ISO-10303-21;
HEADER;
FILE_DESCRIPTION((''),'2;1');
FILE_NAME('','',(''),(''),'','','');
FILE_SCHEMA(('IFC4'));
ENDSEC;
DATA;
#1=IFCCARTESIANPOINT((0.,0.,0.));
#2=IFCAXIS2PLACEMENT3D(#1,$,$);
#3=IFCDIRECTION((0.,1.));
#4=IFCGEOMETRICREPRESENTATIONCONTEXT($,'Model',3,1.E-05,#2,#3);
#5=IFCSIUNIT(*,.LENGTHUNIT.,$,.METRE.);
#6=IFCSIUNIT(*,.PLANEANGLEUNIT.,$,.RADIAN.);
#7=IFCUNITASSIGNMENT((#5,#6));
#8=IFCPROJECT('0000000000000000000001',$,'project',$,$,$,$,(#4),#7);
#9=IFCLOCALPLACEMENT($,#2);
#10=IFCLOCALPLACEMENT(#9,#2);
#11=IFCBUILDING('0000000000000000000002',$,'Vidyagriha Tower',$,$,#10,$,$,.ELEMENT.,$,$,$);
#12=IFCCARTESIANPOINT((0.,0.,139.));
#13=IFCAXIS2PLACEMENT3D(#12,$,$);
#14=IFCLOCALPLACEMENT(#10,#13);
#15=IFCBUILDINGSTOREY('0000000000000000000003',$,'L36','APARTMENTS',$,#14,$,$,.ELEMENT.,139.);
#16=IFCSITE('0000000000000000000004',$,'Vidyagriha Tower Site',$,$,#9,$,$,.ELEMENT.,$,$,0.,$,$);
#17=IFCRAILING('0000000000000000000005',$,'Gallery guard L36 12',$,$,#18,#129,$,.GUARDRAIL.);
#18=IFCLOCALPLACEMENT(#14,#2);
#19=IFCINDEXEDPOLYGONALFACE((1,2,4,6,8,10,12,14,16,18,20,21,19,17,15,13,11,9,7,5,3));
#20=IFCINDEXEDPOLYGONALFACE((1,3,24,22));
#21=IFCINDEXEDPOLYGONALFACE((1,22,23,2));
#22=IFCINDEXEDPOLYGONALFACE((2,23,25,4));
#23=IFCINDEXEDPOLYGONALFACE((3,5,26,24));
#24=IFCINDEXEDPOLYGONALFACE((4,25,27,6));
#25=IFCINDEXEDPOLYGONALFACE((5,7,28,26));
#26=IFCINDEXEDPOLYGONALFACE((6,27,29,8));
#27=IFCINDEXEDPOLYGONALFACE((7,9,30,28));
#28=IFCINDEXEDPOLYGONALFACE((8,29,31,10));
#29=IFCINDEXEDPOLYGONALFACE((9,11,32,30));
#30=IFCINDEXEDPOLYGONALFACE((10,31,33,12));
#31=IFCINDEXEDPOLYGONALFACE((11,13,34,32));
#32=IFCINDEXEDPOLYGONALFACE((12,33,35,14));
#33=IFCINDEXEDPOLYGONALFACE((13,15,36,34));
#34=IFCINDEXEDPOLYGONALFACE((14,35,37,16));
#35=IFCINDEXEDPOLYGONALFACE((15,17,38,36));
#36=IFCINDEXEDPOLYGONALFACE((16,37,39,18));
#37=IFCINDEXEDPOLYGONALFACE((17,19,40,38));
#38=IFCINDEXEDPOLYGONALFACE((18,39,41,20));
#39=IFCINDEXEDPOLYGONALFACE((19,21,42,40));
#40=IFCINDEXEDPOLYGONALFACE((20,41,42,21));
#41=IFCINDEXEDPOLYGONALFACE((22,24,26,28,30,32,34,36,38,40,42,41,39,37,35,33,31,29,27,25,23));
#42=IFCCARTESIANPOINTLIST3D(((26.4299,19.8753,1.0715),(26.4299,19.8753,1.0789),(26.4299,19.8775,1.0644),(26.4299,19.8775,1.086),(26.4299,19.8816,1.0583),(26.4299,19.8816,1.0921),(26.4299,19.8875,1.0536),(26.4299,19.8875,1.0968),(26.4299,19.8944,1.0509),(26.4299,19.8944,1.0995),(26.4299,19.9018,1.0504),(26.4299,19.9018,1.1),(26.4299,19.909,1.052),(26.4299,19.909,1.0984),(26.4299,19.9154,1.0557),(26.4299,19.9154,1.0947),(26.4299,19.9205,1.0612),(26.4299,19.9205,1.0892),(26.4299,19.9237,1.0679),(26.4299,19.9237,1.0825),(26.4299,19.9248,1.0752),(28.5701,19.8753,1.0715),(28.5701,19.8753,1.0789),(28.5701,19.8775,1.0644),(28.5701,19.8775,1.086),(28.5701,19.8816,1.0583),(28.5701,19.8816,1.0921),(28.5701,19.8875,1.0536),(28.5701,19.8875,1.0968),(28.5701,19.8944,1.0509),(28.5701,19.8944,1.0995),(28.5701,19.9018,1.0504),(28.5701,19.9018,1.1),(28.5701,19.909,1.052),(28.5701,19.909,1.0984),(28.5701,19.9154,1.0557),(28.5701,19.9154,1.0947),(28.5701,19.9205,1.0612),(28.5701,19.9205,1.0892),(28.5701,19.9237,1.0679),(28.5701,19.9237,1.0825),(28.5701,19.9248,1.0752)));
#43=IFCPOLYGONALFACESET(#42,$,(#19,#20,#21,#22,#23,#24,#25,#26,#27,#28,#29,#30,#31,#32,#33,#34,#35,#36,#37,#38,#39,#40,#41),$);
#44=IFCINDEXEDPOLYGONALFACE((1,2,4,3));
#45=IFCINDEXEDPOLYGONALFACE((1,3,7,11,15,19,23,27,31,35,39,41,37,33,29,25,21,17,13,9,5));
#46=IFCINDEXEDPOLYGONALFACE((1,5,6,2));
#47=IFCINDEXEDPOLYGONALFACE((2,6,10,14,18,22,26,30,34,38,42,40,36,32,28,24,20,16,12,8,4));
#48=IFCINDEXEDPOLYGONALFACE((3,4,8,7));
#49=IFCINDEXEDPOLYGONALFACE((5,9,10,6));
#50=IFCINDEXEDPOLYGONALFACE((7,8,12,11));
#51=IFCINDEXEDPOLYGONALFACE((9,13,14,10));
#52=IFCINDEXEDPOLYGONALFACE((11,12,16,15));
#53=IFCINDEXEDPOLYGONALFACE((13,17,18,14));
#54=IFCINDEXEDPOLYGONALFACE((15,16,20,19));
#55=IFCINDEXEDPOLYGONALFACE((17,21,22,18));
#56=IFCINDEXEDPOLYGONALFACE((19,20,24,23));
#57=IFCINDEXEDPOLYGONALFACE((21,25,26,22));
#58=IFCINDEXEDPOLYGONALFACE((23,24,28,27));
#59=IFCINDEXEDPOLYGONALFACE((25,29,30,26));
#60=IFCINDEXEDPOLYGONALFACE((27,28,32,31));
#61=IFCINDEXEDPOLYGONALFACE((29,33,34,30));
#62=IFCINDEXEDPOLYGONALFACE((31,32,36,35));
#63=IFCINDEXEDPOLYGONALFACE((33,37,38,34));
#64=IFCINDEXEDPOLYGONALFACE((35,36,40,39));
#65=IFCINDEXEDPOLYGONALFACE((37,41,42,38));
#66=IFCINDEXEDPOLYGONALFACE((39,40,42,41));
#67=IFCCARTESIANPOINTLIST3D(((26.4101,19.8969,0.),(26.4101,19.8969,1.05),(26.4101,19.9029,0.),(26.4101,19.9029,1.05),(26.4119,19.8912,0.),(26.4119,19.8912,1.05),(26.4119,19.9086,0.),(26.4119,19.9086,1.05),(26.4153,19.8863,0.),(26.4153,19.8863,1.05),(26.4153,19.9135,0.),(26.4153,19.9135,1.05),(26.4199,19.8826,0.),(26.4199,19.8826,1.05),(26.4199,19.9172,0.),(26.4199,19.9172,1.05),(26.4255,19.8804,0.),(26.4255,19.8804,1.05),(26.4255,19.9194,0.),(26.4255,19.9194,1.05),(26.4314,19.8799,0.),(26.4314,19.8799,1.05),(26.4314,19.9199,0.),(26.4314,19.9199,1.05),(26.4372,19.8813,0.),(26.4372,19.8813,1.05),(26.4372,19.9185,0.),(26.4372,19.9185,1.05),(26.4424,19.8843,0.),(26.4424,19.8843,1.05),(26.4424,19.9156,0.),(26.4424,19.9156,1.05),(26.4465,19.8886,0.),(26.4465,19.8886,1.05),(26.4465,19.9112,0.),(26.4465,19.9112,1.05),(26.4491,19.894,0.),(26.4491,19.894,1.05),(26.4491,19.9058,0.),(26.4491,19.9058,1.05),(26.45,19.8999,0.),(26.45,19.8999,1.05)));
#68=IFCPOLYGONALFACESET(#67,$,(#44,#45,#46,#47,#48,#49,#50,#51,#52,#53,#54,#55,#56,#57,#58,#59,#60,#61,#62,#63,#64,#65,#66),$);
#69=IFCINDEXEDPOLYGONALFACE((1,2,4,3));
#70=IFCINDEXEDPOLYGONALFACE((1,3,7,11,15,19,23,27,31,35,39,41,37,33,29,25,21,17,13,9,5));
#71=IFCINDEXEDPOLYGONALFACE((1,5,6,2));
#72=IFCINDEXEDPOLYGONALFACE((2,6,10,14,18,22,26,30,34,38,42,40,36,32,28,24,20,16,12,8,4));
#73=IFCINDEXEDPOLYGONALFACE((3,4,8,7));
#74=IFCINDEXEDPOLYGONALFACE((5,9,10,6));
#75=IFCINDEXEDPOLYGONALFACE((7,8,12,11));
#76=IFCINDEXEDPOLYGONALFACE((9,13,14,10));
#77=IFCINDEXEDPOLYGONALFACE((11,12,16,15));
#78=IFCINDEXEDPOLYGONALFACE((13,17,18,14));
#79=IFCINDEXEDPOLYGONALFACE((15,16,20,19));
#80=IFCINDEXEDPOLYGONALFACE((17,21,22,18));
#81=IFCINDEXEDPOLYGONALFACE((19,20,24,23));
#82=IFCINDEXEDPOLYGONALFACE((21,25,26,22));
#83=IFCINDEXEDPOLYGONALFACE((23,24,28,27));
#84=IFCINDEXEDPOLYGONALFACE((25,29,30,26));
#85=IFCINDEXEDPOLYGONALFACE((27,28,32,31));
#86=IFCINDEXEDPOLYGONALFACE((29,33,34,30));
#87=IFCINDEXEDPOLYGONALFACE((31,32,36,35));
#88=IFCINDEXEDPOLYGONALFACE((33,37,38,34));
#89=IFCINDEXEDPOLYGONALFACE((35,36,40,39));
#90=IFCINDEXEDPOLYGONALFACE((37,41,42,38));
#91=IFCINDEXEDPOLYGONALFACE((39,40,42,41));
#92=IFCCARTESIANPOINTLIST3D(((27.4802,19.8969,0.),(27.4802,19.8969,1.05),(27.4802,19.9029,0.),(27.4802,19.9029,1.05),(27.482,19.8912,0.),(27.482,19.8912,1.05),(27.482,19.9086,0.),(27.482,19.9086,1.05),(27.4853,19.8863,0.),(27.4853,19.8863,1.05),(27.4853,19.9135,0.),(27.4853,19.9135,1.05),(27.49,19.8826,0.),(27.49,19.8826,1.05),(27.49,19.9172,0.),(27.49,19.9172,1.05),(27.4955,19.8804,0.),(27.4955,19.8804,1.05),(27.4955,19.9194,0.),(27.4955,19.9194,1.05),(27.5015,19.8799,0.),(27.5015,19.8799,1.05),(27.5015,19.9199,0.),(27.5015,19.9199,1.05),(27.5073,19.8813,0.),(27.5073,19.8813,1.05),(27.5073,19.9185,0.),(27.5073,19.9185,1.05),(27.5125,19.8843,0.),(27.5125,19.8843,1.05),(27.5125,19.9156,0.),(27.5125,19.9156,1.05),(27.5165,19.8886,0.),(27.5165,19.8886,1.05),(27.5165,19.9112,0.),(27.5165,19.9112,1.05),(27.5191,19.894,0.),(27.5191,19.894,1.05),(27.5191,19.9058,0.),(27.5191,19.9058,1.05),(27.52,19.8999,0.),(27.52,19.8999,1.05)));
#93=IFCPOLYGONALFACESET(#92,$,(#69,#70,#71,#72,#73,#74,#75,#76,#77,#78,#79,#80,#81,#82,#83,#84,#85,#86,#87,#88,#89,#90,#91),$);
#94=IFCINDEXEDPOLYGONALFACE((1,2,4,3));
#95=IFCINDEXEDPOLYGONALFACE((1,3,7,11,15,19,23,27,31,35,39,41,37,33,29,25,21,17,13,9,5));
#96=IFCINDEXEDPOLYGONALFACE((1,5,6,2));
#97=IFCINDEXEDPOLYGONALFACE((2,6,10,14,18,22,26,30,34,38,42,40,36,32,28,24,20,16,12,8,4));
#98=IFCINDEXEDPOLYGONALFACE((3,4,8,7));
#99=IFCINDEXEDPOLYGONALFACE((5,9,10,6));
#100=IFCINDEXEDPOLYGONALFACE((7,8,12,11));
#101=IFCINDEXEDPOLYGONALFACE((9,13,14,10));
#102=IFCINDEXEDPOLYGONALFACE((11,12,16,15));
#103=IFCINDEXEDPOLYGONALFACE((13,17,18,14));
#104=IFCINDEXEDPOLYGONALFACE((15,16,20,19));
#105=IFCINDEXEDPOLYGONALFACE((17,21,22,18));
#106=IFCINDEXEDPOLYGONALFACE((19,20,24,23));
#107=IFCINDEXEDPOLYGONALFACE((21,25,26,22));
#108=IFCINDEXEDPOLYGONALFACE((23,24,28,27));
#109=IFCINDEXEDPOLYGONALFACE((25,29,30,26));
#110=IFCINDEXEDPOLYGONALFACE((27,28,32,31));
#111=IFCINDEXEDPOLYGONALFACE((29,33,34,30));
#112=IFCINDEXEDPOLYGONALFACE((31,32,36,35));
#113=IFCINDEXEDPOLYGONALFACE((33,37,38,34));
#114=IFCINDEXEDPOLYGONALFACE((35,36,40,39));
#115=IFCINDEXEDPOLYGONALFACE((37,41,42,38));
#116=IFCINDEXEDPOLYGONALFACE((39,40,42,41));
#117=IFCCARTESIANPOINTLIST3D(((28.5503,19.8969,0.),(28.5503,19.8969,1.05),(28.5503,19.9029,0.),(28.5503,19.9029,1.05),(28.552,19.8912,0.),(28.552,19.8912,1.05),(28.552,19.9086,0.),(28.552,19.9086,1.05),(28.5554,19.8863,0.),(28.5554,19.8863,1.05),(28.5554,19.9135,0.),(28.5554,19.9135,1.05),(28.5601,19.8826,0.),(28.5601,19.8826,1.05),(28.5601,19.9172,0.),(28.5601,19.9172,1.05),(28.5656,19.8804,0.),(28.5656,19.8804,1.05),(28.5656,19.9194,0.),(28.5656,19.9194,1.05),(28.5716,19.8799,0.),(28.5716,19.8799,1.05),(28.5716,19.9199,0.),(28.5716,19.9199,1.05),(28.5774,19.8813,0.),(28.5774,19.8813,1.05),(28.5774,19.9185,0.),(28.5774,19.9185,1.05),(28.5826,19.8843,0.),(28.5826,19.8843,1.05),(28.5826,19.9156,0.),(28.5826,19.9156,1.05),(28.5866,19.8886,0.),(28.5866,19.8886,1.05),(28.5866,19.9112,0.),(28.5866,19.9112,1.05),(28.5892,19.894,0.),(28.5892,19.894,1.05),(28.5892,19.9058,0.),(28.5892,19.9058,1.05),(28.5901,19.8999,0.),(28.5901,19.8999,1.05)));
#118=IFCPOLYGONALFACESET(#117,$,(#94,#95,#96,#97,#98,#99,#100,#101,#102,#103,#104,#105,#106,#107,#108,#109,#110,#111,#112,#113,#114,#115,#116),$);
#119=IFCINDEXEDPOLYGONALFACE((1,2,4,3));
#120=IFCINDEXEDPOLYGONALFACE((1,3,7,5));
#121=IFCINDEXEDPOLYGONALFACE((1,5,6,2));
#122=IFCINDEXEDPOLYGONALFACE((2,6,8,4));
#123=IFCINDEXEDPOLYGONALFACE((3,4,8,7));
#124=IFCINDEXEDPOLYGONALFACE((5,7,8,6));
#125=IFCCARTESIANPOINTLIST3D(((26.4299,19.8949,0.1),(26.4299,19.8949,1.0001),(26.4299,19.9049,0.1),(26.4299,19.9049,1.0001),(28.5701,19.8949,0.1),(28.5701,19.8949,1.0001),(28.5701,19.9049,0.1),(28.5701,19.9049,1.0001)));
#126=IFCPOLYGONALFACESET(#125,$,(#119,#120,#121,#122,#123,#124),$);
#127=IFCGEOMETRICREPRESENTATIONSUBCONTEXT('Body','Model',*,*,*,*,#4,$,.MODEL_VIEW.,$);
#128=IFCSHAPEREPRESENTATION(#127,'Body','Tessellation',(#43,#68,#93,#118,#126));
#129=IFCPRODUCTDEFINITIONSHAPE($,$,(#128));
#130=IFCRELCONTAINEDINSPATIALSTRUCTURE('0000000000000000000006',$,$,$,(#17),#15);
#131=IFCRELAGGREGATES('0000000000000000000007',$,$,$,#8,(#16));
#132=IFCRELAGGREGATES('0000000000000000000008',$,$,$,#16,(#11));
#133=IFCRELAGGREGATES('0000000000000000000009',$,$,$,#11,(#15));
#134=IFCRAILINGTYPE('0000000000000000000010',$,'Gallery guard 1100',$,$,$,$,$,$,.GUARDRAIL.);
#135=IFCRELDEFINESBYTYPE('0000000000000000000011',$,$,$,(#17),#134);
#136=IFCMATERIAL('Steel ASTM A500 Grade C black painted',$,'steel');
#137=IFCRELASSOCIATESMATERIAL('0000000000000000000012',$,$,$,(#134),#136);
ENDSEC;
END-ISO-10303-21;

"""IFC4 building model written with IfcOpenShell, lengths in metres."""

from ifc_helpers import new_model, si_unit, direction, frame, origin, origin_2d, place, context, subcontext, project, spatial, rectangle, circle, extrude, material, type_object, element, save


model = new_model("IFC4")

# Units and contexts
model_context = context("Model", 3, precision=1e-05, world=origin(), true_north=direction((0.0, 1.0)))
body_context = subcontext(model_context, "Body", "Model", "MODEL_VIEW")
ifc_project = project(units=[si_unit("LENGTHUNIT", "METRE"), si_unit("PLANEANGLEUNIT", "RADIAN")], contexts=[model_context])

# Site, building, storey
site_placement = place(None, origin())
site = spatial("IfcSite", under=ifc_project, at=site_placement, Name="Vidyagriha Tower Site", CompositionType="ELEMENT", RefElevation=0.0)
building_placement = place(site_placement, origin())
building = spatial("IfcBuilding", under=site, at=building_placement, Name="Vidyagriha Tower", CompositionType="ELEMENT")
storey_placement = place(building_placement, frame((0.0, 0.0, 139.0)))
storey = spatial("IfcBuildingStorey", under=building, at=storey_placement, Name="L36", Description="APARTMENTS", CompositionType="ELEMENT", Elevation=139.0)

# Railing
ifc_material_1 = material(Name="Steel ASTM A500 Grade C black painted", Category="steel")
railing_type = type_object("IfcRailingType", Name="Gallery guard 1100", PredefinedType="GUARDRAIL", material=ifc_material_1)
railing_1_placement = place(storey_placement, frame((26.4299, 19.8999, 0.0)))
element("IfcRailing", 1, at=railing_1_placement, inside=storey, type_object=railing_type, Name="Gallery guard L36 12", PredefinedType="GUARDRAIL", context=body_context, shape_type="SweptSolid", body=[
    extrude(circle(Radius=0.0249, at=origin_2d()), frame((0.0, 0.0, 1.0752), z_axis=(1.0, 0.0, 0.0), x_axis=(0.0, 1.0, 0.0)), (0.0, 0.0, 1.0), 2.1401),
    extrude(circle(Radius=0.02, at=origin_2d()), origin(), (0.0, 0.0, 1.0), 1.05),
    extrude(circle(Radius=0.02, at=origin_2d()), frame((1.0701, 0.0, 0.0)), (0.0, 0.0, 1.0), 1.05),
    extrude(circle(Radius=0.02, at=origin_2d()), frame((2.1401, 0.0, 0.0)), (0.0, 0.0, 1.0), 1.05),
    extrude(rectangle(XDim=0.01, YDim=0.9001, at=origin_2d()), frame((0.0, 0.0, 0.55), z_axis=(1.0, 0.0, 0.0), x_axis=(0.0, 1.0, 0.0)), (0.0, 0.0, 1.0), 2.1401),
])

save(model, "model.ifc")
